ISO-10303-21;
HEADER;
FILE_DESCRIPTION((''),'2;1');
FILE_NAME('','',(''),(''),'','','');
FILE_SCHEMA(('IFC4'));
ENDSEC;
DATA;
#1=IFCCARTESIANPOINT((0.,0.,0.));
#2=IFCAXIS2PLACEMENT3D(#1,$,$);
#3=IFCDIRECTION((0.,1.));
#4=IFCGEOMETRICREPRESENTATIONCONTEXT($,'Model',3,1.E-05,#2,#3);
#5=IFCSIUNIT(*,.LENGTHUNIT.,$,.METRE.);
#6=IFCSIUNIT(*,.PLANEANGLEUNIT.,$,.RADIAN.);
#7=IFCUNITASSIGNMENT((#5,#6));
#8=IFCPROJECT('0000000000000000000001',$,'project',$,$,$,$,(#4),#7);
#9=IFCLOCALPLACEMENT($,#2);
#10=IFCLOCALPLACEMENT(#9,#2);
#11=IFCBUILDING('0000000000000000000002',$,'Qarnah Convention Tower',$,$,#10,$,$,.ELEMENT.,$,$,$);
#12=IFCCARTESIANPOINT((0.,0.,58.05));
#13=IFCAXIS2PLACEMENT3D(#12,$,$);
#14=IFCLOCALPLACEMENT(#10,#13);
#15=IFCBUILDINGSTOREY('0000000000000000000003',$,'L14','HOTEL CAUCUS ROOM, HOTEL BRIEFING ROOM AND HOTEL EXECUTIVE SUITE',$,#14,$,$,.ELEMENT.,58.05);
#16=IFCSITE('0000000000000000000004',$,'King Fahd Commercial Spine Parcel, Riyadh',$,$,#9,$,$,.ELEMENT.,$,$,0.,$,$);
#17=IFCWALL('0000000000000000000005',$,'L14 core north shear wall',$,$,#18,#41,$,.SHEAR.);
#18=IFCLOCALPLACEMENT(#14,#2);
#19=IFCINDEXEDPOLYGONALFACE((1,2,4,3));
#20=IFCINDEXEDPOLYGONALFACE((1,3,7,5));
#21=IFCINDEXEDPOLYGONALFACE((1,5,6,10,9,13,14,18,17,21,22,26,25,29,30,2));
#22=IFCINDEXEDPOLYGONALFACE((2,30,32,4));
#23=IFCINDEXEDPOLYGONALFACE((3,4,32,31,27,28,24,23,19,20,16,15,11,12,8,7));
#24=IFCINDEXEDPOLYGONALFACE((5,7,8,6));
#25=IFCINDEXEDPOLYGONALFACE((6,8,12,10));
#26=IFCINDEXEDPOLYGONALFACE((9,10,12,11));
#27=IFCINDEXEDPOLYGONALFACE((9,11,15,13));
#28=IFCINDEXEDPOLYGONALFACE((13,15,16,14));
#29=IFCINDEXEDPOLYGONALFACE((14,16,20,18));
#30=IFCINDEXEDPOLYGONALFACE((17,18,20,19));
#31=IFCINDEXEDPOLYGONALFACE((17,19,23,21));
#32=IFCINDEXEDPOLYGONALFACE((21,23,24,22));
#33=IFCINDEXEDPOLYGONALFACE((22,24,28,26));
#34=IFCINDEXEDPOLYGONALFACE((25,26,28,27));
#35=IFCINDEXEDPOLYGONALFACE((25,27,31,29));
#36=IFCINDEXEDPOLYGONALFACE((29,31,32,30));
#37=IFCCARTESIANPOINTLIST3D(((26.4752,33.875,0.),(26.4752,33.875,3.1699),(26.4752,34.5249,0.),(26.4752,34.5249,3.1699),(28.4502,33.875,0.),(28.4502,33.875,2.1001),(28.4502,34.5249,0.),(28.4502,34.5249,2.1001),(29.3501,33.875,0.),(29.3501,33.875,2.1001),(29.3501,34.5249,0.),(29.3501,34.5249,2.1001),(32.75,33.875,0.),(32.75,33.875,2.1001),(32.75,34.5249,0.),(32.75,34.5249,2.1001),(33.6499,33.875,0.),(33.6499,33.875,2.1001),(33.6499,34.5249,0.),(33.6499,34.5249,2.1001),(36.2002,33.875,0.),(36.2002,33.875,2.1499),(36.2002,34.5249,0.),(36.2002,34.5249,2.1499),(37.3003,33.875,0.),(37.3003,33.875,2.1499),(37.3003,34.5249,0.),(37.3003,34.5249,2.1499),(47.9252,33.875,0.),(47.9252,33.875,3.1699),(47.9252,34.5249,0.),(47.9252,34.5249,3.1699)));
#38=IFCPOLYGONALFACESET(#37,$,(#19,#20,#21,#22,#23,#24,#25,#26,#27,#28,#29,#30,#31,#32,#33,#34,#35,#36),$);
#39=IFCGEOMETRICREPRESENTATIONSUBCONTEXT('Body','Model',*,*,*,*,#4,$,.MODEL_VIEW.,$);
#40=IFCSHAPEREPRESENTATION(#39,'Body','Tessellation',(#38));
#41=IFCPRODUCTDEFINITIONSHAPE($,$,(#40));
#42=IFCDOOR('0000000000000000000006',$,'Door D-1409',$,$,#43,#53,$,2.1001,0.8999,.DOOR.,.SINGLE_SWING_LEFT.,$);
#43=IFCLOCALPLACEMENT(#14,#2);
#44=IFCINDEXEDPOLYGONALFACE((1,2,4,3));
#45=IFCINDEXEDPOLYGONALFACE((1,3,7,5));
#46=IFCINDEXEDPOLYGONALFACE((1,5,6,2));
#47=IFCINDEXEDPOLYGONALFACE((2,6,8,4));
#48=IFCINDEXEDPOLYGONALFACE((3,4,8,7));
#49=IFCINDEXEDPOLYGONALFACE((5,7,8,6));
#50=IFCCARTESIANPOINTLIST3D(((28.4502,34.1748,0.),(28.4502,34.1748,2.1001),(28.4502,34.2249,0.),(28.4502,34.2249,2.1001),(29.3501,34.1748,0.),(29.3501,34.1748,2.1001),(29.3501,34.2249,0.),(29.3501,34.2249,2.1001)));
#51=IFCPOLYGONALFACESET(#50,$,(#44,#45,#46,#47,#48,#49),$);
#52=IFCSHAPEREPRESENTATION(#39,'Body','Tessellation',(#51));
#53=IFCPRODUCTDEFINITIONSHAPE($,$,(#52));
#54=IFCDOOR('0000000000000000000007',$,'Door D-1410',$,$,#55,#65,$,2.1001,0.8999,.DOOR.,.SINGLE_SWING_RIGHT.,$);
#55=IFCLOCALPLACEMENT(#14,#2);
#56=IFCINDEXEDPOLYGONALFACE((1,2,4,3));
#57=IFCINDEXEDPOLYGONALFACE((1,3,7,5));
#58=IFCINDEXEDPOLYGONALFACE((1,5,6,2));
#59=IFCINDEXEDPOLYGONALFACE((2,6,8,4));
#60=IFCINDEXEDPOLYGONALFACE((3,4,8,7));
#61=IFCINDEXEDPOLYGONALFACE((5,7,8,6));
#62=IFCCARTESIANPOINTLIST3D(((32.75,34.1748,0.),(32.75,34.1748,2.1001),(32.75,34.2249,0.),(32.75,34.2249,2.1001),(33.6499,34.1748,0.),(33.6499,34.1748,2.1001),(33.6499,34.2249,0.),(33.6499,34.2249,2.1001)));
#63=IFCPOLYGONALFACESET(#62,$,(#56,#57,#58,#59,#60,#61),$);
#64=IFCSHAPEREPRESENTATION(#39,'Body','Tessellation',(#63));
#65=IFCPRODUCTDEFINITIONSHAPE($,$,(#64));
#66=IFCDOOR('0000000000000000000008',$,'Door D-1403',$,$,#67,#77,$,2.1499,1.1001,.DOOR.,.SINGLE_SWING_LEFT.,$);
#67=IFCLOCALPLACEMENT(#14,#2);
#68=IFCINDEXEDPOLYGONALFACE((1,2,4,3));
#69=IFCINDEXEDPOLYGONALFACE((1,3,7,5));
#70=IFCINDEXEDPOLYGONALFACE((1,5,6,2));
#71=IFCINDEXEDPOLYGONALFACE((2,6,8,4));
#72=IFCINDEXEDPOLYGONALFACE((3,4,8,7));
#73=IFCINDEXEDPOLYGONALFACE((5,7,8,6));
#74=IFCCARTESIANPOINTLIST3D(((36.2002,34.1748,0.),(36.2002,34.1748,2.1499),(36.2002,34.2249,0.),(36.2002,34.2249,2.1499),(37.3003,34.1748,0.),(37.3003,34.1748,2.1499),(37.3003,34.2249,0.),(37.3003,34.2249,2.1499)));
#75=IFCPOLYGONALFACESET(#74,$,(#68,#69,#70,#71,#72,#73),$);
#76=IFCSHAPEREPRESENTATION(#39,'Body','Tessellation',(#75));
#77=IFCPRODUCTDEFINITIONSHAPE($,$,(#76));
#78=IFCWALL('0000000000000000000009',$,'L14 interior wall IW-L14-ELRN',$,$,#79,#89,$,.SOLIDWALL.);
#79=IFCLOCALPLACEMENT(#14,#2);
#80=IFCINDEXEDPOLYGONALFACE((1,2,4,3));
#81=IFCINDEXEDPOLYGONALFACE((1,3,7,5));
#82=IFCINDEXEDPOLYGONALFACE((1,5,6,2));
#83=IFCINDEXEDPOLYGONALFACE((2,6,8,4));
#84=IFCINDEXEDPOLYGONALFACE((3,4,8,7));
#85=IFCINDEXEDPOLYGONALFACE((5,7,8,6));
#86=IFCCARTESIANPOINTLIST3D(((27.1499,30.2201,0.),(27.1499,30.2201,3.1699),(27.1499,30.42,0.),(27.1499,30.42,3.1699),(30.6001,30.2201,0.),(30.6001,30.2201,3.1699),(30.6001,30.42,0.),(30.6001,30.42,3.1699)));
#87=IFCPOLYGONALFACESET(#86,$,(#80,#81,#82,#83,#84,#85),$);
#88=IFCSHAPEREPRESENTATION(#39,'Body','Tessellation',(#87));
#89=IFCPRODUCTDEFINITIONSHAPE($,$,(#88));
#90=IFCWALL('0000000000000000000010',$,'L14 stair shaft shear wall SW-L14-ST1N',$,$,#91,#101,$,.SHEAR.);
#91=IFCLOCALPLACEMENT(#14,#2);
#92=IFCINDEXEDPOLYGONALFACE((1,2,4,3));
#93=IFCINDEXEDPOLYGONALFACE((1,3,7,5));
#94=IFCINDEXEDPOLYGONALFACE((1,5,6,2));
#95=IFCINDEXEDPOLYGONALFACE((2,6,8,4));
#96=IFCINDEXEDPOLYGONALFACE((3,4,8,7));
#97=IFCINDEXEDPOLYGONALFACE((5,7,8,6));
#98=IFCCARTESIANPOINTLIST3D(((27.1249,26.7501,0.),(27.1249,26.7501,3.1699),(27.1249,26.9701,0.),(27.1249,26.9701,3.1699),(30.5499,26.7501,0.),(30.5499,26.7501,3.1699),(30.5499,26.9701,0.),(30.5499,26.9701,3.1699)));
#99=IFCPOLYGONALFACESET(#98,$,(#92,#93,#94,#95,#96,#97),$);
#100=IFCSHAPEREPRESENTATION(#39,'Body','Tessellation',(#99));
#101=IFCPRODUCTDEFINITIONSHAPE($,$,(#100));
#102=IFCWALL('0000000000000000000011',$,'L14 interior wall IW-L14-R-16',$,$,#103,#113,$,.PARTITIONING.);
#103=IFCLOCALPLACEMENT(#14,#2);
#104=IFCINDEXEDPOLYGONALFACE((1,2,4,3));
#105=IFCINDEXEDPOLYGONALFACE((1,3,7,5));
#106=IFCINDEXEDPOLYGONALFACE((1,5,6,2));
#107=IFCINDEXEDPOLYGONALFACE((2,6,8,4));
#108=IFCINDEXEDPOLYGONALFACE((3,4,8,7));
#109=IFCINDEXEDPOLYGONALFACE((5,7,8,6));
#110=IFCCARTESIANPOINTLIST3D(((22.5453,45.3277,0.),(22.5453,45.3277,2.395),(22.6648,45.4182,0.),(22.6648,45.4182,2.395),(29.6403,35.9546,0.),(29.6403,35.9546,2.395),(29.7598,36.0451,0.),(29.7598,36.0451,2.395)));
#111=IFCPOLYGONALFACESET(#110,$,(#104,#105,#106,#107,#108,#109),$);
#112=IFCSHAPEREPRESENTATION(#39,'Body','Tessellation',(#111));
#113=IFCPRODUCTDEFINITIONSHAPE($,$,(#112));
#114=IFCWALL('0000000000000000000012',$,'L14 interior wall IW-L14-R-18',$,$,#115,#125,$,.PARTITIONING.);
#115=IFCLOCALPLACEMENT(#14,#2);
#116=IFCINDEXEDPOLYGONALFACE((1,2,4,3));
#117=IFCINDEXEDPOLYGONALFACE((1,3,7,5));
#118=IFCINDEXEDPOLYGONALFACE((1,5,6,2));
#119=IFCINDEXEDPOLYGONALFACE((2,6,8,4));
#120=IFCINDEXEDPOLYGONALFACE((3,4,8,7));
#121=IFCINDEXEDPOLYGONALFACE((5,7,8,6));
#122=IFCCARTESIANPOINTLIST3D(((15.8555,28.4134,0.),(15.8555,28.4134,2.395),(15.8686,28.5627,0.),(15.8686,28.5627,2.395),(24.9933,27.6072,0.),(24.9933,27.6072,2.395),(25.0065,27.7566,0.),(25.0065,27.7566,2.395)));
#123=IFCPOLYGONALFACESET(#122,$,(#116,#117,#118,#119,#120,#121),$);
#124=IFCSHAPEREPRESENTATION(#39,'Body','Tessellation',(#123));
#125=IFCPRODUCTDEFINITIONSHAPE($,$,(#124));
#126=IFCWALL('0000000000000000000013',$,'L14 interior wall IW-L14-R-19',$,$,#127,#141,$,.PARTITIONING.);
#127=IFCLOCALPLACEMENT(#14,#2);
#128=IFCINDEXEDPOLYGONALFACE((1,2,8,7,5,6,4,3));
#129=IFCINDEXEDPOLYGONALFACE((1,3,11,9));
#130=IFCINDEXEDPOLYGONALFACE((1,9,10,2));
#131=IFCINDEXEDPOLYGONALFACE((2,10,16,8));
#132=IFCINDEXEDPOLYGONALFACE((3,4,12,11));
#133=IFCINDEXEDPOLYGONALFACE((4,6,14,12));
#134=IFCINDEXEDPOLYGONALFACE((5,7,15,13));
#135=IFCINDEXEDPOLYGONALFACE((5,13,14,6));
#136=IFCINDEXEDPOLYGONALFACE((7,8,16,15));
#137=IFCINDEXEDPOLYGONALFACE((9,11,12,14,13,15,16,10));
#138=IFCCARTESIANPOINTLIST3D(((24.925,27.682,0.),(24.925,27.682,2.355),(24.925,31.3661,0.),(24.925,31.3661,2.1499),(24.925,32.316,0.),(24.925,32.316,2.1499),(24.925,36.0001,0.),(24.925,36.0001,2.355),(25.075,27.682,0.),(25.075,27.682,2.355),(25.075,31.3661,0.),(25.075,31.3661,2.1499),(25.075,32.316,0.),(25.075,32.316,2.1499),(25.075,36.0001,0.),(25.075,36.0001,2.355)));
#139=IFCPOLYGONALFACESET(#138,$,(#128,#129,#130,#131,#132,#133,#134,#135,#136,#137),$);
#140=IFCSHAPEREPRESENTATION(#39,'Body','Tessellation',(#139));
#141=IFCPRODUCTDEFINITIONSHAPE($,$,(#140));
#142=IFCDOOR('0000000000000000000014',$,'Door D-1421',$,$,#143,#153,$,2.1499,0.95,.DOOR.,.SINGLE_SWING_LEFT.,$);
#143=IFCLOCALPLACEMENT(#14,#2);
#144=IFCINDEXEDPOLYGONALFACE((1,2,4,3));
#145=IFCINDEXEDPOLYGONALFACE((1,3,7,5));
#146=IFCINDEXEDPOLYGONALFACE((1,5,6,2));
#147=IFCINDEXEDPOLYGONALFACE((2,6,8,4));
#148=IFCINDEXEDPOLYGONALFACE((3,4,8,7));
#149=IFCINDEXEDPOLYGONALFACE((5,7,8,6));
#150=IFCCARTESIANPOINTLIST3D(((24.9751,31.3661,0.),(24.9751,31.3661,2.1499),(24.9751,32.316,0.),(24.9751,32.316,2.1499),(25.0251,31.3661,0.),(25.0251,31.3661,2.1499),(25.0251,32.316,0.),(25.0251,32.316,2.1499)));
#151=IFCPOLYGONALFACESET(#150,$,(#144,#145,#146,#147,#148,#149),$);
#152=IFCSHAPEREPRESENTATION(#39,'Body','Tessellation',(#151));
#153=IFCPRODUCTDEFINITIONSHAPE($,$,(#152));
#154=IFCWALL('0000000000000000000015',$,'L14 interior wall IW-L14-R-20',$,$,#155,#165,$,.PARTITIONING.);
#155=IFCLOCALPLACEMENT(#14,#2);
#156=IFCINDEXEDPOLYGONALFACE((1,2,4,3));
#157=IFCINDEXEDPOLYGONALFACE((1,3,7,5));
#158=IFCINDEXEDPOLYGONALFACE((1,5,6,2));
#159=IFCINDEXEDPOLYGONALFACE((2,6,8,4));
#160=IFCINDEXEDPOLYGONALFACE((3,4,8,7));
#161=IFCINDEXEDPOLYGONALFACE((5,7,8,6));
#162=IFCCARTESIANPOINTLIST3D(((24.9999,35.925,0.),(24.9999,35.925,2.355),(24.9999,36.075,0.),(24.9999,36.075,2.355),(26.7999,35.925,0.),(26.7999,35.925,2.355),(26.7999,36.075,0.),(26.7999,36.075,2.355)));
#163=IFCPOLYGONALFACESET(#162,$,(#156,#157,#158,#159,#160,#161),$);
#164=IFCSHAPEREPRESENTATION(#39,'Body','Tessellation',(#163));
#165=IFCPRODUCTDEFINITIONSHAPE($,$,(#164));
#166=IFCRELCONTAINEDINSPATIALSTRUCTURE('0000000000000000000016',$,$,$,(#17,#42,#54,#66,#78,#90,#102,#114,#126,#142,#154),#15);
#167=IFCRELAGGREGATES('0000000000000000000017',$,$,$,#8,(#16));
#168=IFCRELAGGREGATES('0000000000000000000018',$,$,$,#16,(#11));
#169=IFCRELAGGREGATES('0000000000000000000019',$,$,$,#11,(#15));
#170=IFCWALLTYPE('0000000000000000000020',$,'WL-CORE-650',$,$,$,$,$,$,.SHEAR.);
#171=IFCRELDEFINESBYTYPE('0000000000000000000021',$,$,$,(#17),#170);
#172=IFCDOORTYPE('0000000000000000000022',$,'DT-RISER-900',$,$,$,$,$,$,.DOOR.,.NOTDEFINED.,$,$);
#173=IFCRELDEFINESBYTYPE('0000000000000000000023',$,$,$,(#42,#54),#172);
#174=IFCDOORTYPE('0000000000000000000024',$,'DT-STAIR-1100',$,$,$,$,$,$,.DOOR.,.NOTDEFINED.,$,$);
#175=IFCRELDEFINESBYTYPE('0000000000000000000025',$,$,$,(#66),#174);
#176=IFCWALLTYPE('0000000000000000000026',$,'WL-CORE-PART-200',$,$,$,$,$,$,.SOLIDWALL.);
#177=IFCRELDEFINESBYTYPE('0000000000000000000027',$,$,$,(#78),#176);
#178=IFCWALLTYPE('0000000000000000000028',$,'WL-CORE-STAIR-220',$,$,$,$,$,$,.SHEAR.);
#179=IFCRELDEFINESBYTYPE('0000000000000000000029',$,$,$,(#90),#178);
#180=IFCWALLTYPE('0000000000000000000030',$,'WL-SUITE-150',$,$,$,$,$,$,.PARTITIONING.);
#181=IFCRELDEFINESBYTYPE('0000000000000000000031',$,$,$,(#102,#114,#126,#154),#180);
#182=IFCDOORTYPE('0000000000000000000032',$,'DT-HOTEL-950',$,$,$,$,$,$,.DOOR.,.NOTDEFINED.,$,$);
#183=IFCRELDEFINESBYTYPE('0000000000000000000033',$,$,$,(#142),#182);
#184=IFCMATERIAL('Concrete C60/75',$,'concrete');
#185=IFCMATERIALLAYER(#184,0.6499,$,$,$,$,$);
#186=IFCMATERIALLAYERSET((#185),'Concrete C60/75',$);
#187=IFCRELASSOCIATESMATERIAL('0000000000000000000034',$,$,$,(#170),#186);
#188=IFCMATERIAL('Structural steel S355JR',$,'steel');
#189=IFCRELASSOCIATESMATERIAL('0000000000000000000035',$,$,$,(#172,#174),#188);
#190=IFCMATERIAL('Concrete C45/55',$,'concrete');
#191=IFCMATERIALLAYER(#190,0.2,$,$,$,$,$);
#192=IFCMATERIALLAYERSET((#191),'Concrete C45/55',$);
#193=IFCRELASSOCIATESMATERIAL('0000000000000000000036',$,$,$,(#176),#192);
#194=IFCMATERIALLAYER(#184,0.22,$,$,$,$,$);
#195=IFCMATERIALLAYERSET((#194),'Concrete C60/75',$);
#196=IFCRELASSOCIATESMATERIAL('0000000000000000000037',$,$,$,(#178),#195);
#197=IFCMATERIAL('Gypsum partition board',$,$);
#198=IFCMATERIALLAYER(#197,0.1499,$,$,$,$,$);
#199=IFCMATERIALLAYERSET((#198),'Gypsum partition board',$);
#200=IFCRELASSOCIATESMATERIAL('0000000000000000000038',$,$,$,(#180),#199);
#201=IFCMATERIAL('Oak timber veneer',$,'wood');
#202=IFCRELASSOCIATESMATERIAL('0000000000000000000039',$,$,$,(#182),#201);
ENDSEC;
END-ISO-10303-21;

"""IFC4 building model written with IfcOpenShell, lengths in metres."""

from ifc_helpers import new_model, si_unit, direction, frame, frame_2d, origin, place, context, subcontext, project, spatial, rectangle, extrude, material, layer, layer_set, type_object, element, fill, save


model = new_model("IFC4")

# Units and contexts
model_context = context("Model", 3, precision=1e-05, world=origin(), true_north=direction((0.0, 1.0)))
body_context = subcontext(model_context, "Body", "Model", "MODEL_VIEW")
ifc_project = project(units=[si_unit("LENGTHUNIT", "METRE"), si_unit("PLANEANGLEUNIT", "RADIAN")], contexts=[model_context])

# Site, building, storey
site_placement = place(None, origin())
site = spatial("IfcSite", under=ifc_project, at=site_placement, Name="King Fahd Commercial Spine Parcel, Riyadh", CompositionType="ELEMENT", RefElevation=0.0)
building_placement = place(site_placement, origin())
building = spatial("IfcBuilding", under=site, at=building_placement, Name="Qarnah Convention Tower", CompositionType="ELEMENT")
storey_placement = place(building_placement, frame((0.0, 0.0, 58.05)))
storey = spatial("IfcBuildingStorey", under=building, at=storey_placement, Name="L14", Description="HOTEL CAUCUS ROOM, HOTEL BRIEFING ROOM AND HOTEL EXECUTIVE SUITE", CompositionType="ELEMENT", Elevation=58.05)

# Shared definitions
ifc_material_1 = material(Name="Concrete C60/75", Category="concrete")

# Shared definitions
ifc_material_2 = material(Name="Structural steel S355JR", Category="steel")

# Wall, openings, doors
ifc_layer_1 = layer(ifc_material_1, 0.6499)
ifc_layer_set_1 = layer_set([ifc_layer_1], Name="Concrete C60/75")
wall_type_1 = type_object("IfcWallType", Name="WL-CORE-650", PredefinedType="SHEAR", material=ifc_layer_set_1)
wall_1_placement = place(storey_placement, frame((26.4751, 34.2, 0.0), z_axis=(0.0, 0.0, 1.0), x_axis=(1.0, 0.0, 0.0)))
wall_1 = element("IfcWall", 1, at=wall_1_placement, inside=storey, type_object=wall_type_1, Name="L14 core north shear wall", PredefinedType="SHEAR", context=body_context, shape_type="SweptSolid", body=[
    extrude(rectangle(XDim=21.45, YDim=0.6499, at=frame_2d((10.7251, 0.0))), origin(), (0.0, 0.0, 1.0), 3.1699),
])
opening_1_placement = place(wall_1_placement, frame((9.7251, 0.0, 0.0)))
opening_1 = element("IfcOpeningElement", 2, at=opening_1_placement, cuts=wall_1, PredefinedType="OPENING", context=body_context, shape_type="SweptSolid", body=[
    extrude(rectangle(XDim=1.1001, YDim=2.1499, at=frame_2d((0.55, 1.075))), frame((0.0, 0.335, 0.0), z_axis=(0.0, -1.0, 0.0), x_axis=(1.0, 0.0, 0.0)), (0.0, 0.0, 1.0), 0.6699),
])
opening_2_placement = place(wall_1_placement, frame((1.9751, 0.0, 0.0)))
opening_2 = element("IfcOpeningElement", 3, at=opening_2_placement, cuts=wall_1, PredefinedType="OPENING", context=body_context, shape_type="SweptSolid", body=[
    extrude(rectangle(XDim=0.8999, YDim=2.1001, at=frame_2d((0.45, 1.05))), frame((0.0, 0.335, 0.0), z_axis=(0.0, -1.0, 0.0), x_axis=(1.0, 0.0, 0.0)), (0.0, 0.0, 1.0), 0.6699),
])
opening_3_placement = place(wall_1_placement, frame((6.2749, 0.0, 0.0)))
opening_3 = element("IfcOpeningElement", 4, at=opening_3_placement, cuts=wall_1, PredefinedType="OPENING", context=body_context, shape_type="SweptSolid", body=[
    extrude(rectangle(XDim=0.8999, YDim=2.1001, at=frame_2d((0.45, 1.05))), frame((0.0, 0.335, 0.0), z_axis=(0.0, -1.0, 0.0), x_axis=(1.0, 0.0, 0.0)), (0.0, 0.0, 1.0), 0.6699),
])
door_type_1 = type_object("IfcDoorType", Name="DT-RISER-900", OperationType="NOTDEFINED", PredefinedType="DOOR", material=ifc_material_2)
door_1_placement = place(opening_2_placement, origin())
door_1 = element("IfcDoor", 5, at=door_1_placement, inside=storey, type_object=door_type_1, Name="Door D-1409", OperationType="SINGLE_SWING_LEFT", OverallHeight=2.1001, OverallWidth=0.8999, PredefinedType="DOOR", context=body_context, shape_type="SweptSolid", body=[
    extrude(rectangle(XDim=0.8999, YDim=2.1001, at=frame_2d((0.45, 1.05))), frame((0.0, 0.0249, 0.0), z_axis=(0.0, -1.0, 0.0), x_axis=(1.0, 0.0, 0.0)), (0.0, 0.0, 1.0), 0.05),
])
fill(opening_2, door_1)
door_2_placement = place(opening_3_placement, origin())
door_2 = element("IfcDoor", 6, at=door_2_placement, inside=storey, type_object=door_type_1, Name="Door D-1410", OperationType="SINGLE_SWING_RIGHT", OverallHeight=2.1001, OverallWidth=0.8999, PredefinedType="DOOR", context=body_context, shape_type="SweptSolid", body=[
    extrude(rectangle(XDim=0.8999, YDim=2.1001, at=frame_2d((0.45, 1.05))), frame((0.0, 0.0249, 0.0), z_axis=(0.0, -1.0, 0.0), x_axis=(1.0, 0.0, 0.0)), (0.0, 0.0, 1.0), 0.05),
])
fill(opening_3, door_2)
door_type_2 = type_object("IfcDoorType", Name="DT-STAIR-1100", OperationType="NOTDEFINED", PredefinedType="DOOR", material=ifc_material_2)
door_3_placement = place(opening_1_placement, origin())
door_3 = element("IfcDoor", 7, at=door_3_placement, inside=storey, type_object=door_type_2, Name="Door D-1403", OperationType="SINGLE_SWING_LEFT", OverallHeight=2.1499, OverallWidth=1.1001, PredefinedType="DOOR", context=body_context, shape_type="SweptSolid", body=[
    extrude(rectangle(XDim=1.1001, YDim=2.1499, at=frame_2d((0.55, 1.075))), frame((0.0, 0.0249, 0.0), z_axis=(0.0, -1.0, 0.0), x_axis=(1.0, 0.0, 0.0)), (0.0, 0.0, 1.0), 0.05),
])
fill(opening_1, door_3)

# Walls
ifc_material_3 = material(Name="Concrete C45/55", Category="concrete")
ifc_layer_2 = layer(ifc_material_3, 0.2)
ifc_layer_set_2 = layer_set([ifc_layer_2], Name="Concrete C45/55")
wall_type_2 = type_object("IfcWallType", Name="WL-CORE-PART-200", PredefinedType="SOLIDWALL", material=ifc_layer_set_2)
wall_2_placement = place(storey_placement, frame((27.1499, 30.3201, 0.0), z_axis=(0.0, 0.0, 1.0), x_axis=(1.0, 0.0, 0.0)))
element("IfcWall", 8, at=wall_2_placement, inside=storey, type_object=wall_type_2, Name="L14 interior wall IW-L14-ELRN", PredefinedType="SOLIDWALL", context=body_context, shape_type="SweptSolid", body=[
    extrude(rectangle(XDim=3.4502, YDim=0.2, at=frame_2d((1.7251, 0.0))), origin(), (0.0, 0.0, 1.0), 3.1699),
])
ifc_layer_3 = layer(ifc_material_1, 0.22)
ifc_layer_set_3 = layer_set([ifc_layer_3], Name="Concrete C60/75")
wall_type_3 = type_object("IfcWallType", Name="WL-CORE-STAIR-220", PredefinedType="SHEAR", material=ifc_layer_set_3)
wall_3_placement = place(storey_placement, frame((27.125, 26.8601, 0.0), z_axis=(0.0, 0.0, 1.0), x_axis=(1.0, 0.0, 0.0)))
element("IfcWall", 9, at=wall_3_placement, inside=storey, type_object=wall_type_3, Name="L14 stair shaft shear wall SW-L14-ST1N", PredefinedType="SHEAR", context=body_context, shape_type="SweptSolid", body=[
    extrude(rectangle(XDim=3.425, YDim=0.22, at=frame_2d((1.7124, 0.0))), origin(), (0.0, 0.0, 1.0), 3.1699),
])

# Walls
ifc_material_4 = material(Name="Gypsum partition board")
ifc_layer_4 = layer(ifc_material_4, 0.1499)
ifc_layer_set_4 = layer_set([ifc_layer_4], Name="Gypsum partition board")
wall_type_4 = type_object("IfcWallType", Name="WL-SUITE-150", PredefinedType="PARTITIONING", material=ifc_layer_set_4)
wall_4_placement = place(storey_placement, frame((22.605, 45.373, 0.0), z_axis=(0.0, 0.0, 1.0), x_axis=(0.603543, -0.79733, 0.0)))
element("IfcWall", 10, at=wall_4_placement, inside=storey, type_object=wall_type_4, Name="L14 interior wall IW-L14-R-16", PredefinedType="PARTITIONING", context=body_context, shape_type="SweptSolid", body=[
    extrude(rectangle(XDim=11.7556, YDim=0.1499, at=frame_2d((5.8779, 0.0))), origin(), (0.0, 0.0, 1.0), 2.395),
])
wall_5_placement = place(storey_placement, frame((15.8621, 28.488, 0.0), z_axis=(0.0, 0.0, 1.0), x_axis=(0.996131, -0.087879, 0.0)))
element("IfcWall", 11, at=wall_5_placement, inside=storey, type_object=wall_type_4, Name="L14 interior wall IW-L14-R-18", PredefinedType="PARTITIONING", context=body_context, shape_type="SweptSolid", body=[
    extrude(rectangle(XDim=9.1733, YDim=0.1499, at=frame_2d((4.5867, 0.0))), origin(), (0.0, 0.0, 1.0), 2.395),
])

# Wall, opening, door
wall_6_placement = place(storey_placement, frame((25.0, 27.6819, 0.0), z_axis=(0.0, 0.0, 1.0), x_axis=(0.0, 1.0, 0.0)))
wall_6 = element("IfcWall", 12, at=wall_6_placement, inside=storey, type_object=wall_type_4, Name="L14 interior wall IW-L14-R-19", PredefinedType="PARTITIONING", context=body_context, shape_type="SweptSolid", body=[
    extrude(rectangle(XDim=8.3181, YDim=0.1499, at=frame_2d((4.1592, 0.0))), origin(), (0.0, 0.0, 1.0), 2.355),
])
opening_4_placement = place(wall_6_placement, frame((3.6841, 0.0, 0.0)))
opening_4 = element("IfcOpeningElement", 13, at=opening_4_placement, cuts=wall_6, PredefinedType="OPENING", context=body_context, shape_type="SweptSolid", body=[
    extrude(rectangle(XDim=0.95, YDim=2.1499, at=frame_2d((0.4751, 1.075))), frame((0.0, 0.085, 0.0), z_axis=(0.0, -1.0, 0.0), x_axis=(1.0, 0.0, 0.0)), (0.0, 0.0, 1.0), 0.1699),
])
ifc_material_5 = material(Name="Oak timber veneer", Category="wood")
door_type_3 = type_object("IfcDoorType", Name="DT-HOTEL-950", OperationType="NOTDEFINED", PredefinedType="DOOR", material=ifc_material_5)
door_4_placement = place(opening_4_placement, origin())
door_4 = element("IfcDoor", 14, at=door_4_placement, inside=storey, type_object=door_type_3, Name="Door D-1421", OperationType="SINGLE_SWING_LEFT", OverallHeight=2.1499, OverallWidth=0.95, PredefinedType="DOOR", context=body_context, shape_type="SweptSolid", body=[
    extrude(rectangle(XDim=0.95, YDim=2.1499, at=frame_2d((0.4751, 1.075))), frame((0.0, 0.0249, 0.0), z_axis=(0.0, -1.0, 0.0), x_axis=(1.0, 0.0, 0.0)), (0.0, 0.0, 1.0), 0.05),
])
fill(opening_4, door_4)

# Wall
wall_7_placement = place(storey_placement, frame((25.0, 36.0, 0.0), z_axis=(0.0, 0.0, 1.0), x_axis=(1.0, 0.0, 0.0)))
element("IfcWall", 15, at=wall_7_placement, inside=storey, type_object=wall_type_4, Name="L14 interior wall IW-L14-R-20", PredefinedType="PARTITIONING", context=body_context, shape_type="SweptSolid", body=[
    extrude(rectangle(XDim=1.8, YDim=0.1499, at=frame_2d((0.8999, 0.0))), origin(), (0.0, 0.0, 1.0), 2.355),
])

save(model, "model.ifc")
